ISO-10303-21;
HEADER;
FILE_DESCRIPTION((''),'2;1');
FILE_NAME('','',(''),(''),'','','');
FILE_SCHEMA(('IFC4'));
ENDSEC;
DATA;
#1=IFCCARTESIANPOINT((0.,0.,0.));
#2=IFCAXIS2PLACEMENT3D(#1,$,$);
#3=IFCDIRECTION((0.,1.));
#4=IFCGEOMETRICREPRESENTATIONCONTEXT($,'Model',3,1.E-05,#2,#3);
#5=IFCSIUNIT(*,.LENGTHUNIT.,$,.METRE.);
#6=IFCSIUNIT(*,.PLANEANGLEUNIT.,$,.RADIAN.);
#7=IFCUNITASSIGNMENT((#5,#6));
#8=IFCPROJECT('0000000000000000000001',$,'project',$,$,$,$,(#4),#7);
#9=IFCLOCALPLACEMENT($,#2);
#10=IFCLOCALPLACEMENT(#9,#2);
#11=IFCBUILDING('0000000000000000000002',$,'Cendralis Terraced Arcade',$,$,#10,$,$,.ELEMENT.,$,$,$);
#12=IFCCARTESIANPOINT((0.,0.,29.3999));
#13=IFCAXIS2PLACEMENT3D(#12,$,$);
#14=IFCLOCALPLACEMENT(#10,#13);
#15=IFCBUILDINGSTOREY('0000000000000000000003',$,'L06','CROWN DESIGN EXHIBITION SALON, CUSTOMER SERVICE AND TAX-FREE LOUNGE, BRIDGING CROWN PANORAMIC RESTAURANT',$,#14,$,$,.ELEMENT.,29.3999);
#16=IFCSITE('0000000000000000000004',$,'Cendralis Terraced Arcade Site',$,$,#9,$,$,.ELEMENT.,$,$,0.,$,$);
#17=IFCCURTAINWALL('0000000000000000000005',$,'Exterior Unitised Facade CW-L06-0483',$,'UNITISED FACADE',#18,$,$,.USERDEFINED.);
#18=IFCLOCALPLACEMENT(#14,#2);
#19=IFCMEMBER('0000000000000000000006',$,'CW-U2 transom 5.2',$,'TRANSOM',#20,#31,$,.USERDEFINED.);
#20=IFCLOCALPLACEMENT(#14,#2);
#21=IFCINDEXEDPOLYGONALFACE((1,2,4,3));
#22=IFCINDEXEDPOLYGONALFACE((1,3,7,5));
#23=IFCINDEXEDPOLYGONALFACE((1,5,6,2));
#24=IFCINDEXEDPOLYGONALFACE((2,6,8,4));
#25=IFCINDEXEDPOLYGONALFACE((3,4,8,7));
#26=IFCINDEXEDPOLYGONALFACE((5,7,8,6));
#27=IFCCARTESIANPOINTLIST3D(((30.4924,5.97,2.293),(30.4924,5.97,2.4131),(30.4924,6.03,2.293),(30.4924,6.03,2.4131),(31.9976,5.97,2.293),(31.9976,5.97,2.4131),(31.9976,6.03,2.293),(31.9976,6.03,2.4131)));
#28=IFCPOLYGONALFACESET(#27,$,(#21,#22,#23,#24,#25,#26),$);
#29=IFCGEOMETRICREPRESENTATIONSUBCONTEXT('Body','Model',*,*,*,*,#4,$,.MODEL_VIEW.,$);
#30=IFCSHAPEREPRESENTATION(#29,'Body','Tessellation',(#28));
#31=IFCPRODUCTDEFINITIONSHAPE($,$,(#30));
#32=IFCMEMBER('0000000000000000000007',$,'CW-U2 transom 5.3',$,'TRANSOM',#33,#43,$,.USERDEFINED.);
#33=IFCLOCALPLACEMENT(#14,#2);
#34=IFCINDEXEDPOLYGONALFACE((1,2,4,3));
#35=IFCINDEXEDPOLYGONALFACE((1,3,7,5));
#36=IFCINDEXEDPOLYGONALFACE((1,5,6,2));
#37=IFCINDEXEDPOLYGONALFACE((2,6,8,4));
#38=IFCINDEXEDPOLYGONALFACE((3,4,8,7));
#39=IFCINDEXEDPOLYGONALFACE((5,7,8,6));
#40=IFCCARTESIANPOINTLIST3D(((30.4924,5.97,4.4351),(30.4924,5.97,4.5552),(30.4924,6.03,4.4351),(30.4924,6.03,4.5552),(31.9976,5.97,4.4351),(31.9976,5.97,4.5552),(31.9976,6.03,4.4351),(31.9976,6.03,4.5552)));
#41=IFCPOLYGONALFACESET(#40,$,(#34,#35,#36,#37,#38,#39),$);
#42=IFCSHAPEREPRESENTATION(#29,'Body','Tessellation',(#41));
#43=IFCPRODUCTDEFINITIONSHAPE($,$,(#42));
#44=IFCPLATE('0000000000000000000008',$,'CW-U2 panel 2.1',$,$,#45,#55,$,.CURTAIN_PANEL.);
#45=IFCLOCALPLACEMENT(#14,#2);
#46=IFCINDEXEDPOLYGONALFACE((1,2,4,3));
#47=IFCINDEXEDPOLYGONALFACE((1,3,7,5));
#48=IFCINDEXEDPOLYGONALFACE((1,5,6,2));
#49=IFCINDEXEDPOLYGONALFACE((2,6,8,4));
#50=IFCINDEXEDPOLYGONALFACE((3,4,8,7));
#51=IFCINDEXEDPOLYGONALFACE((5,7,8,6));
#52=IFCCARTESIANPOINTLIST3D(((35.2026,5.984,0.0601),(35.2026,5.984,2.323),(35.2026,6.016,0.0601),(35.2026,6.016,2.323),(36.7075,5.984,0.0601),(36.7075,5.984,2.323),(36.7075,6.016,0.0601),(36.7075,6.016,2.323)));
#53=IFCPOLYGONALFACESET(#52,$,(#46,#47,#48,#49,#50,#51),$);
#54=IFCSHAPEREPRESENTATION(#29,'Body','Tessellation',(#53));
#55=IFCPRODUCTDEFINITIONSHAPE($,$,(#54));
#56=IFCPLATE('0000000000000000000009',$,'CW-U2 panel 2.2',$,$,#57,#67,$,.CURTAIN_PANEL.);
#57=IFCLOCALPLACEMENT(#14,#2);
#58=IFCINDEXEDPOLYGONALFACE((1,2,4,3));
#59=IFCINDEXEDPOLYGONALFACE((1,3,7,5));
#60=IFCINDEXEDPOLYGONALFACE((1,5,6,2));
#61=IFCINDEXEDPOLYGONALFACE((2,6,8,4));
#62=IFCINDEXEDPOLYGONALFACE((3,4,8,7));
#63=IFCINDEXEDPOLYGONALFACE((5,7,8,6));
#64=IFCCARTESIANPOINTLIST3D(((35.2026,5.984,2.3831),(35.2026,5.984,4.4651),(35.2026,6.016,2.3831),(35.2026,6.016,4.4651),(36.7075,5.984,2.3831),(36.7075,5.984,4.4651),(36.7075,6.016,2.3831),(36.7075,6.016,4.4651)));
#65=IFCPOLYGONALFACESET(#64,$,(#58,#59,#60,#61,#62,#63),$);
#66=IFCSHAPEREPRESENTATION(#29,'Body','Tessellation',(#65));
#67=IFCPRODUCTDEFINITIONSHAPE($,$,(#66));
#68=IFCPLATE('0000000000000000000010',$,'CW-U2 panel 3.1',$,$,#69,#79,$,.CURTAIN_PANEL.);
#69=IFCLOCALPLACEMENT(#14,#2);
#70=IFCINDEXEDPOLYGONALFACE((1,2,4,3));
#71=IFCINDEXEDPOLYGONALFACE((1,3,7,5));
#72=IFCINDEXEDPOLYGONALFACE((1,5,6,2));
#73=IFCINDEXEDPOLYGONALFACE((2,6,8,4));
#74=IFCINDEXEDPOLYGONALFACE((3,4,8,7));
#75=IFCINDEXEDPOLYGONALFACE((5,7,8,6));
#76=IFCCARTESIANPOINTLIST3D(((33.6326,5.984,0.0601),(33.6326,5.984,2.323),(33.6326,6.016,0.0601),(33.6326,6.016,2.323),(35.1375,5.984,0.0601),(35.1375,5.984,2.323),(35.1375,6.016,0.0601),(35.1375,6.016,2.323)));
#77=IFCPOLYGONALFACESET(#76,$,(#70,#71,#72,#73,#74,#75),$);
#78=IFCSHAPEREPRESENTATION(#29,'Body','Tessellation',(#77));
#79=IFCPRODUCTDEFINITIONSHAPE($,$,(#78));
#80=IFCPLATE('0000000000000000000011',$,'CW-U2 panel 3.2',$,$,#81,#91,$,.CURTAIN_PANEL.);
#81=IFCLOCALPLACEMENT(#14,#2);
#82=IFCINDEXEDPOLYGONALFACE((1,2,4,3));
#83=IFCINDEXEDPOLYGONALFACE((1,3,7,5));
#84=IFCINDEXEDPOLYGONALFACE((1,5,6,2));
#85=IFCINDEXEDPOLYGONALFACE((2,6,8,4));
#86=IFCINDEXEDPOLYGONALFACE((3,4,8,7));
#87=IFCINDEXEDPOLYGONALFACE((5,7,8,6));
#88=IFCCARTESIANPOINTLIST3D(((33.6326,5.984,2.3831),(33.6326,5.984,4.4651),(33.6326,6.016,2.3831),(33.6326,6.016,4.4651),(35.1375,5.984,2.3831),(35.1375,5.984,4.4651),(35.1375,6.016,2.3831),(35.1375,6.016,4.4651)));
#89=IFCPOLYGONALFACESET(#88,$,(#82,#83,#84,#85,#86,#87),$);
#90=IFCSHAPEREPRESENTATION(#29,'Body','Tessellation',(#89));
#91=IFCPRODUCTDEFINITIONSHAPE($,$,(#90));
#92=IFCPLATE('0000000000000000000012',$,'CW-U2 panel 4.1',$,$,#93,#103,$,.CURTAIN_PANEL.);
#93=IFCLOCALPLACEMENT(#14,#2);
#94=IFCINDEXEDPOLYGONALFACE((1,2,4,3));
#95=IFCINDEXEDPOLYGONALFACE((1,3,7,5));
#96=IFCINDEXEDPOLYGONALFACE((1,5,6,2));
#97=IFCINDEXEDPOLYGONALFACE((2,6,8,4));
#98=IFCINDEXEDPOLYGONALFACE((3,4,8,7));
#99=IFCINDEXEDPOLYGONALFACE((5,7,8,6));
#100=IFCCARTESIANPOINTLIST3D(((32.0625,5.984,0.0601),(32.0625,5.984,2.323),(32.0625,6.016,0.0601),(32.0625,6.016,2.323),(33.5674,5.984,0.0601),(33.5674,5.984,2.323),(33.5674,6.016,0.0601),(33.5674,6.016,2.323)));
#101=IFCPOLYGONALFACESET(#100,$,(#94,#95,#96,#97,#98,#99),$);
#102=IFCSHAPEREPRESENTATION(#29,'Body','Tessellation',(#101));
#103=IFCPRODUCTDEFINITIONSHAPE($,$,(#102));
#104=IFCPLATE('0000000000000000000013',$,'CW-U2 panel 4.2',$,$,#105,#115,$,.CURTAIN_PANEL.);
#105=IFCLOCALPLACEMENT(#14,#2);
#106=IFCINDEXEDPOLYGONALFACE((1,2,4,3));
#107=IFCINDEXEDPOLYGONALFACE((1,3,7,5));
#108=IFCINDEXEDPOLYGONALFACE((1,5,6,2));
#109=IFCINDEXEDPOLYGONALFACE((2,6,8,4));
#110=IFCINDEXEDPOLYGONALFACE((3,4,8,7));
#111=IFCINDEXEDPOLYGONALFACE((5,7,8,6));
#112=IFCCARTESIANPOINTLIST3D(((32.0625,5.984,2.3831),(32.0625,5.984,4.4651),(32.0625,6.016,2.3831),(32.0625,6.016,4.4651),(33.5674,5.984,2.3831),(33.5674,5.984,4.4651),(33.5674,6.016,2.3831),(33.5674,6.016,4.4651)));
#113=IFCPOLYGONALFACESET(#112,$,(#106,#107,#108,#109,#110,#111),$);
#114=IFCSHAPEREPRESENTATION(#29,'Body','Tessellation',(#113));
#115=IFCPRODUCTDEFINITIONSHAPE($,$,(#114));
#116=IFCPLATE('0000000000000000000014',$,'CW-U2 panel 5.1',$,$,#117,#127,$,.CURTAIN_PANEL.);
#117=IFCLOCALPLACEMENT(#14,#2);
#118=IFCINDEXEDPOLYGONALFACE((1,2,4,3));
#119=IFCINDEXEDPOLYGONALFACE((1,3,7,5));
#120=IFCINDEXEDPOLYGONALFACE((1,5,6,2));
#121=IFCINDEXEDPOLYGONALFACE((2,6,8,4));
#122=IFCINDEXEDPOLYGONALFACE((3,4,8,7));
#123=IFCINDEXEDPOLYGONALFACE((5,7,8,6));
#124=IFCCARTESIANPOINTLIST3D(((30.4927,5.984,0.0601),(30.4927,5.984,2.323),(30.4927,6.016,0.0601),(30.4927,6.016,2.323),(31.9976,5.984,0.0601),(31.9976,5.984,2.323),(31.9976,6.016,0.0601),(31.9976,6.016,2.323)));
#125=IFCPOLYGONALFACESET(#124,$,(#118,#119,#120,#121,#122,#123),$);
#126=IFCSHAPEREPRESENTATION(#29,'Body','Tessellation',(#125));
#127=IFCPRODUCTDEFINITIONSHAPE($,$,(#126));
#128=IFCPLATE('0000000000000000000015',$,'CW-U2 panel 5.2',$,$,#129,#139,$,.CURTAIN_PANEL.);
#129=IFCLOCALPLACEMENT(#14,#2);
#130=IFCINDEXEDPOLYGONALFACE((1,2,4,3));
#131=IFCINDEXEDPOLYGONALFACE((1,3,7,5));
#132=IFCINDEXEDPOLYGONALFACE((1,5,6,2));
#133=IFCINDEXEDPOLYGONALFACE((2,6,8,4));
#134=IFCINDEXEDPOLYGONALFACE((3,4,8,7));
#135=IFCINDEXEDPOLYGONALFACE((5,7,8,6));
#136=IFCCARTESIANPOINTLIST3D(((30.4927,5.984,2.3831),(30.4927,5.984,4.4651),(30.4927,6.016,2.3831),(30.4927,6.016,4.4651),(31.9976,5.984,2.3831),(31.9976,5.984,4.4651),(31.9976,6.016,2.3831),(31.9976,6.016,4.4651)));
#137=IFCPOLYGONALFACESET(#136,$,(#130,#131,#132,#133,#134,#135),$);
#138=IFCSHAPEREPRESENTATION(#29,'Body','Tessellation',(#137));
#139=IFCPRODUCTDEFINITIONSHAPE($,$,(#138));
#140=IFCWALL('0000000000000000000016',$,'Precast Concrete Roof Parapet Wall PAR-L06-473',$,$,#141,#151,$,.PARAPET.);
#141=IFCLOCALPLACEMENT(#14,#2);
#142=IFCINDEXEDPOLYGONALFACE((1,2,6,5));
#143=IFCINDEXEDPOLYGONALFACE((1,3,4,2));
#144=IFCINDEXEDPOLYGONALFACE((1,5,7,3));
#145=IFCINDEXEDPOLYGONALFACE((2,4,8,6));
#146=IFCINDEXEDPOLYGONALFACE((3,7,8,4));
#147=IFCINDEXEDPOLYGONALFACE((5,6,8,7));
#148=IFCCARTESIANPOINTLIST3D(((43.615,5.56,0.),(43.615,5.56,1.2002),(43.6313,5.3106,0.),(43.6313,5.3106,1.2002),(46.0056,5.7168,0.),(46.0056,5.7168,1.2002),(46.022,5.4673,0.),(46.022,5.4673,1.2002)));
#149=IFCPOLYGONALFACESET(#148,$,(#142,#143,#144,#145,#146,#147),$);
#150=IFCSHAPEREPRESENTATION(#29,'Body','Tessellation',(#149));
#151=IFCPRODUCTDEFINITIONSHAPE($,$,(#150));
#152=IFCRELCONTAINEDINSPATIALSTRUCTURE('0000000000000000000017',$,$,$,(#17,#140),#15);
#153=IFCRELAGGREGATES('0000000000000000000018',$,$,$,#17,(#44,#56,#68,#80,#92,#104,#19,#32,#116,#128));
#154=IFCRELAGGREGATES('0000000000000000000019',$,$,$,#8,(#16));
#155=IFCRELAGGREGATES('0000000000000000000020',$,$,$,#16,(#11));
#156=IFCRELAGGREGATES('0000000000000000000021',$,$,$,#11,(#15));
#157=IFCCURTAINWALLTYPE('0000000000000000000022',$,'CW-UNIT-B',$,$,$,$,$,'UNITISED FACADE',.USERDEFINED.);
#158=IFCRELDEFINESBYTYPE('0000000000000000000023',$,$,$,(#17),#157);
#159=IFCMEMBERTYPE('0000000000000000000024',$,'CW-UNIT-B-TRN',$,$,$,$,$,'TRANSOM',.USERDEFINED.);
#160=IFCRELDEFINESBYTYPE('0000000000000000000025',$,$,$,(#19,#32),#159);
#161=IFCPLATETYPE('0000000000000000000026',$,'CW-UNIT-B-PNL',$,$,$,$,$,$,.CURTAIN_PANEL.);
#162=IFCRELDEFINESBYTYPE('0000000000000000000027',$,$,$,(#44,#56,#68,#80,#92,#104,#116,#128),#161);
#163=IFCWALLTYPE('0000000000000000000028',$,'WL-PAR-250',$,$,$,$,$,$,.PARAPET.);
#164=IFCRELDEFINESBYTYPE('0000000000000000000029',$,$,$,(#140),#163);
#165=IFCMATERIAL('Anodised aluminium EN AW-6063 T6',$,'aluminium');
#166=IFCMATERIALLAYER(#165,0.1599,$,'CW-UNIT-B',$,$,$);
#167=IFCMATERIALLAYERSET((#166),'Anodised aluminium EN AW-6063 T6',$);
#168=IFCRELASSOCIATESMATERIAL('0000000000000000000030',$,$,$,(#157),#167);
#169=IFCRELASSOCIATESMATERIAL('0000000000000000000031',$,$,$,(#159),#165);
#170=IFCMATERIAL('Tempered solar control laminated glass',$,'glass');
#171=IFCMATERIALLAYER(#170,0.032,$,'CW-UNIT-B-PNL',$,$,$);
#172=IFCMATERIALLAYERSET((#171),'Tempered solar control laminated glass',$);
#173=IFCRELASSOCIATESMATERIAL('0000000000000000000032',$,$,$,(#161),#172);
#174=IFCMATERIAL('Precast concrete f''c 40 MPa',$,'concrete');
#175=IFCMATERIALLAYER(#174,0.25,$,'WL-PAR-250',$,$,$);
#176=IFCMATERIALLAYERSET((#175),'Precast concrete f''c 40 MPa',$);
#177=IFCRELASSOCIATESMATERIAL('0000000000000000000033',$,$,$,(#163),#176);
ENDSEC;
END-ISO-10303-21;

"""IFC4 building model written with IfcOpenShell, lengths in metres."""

from ifc_helpers import new_model, si_unit, direction, frame, frame_2d, origin, origin_2d, place, context, subcontext, project, spatial, rectangle, extrude, material, layer, layer_set, material_profile, profile_set, type_object, element, aggregate, save


model = new_model("IFC4")

# Units and contexts
model_context = context("Model", 3, precision=1e-05, world=origin(), true_north=direction((0.0, 1.0)))
body_context = subcontext(model_context, "Body", "Model", "MODEL_VIEW")
ifc_project = project(units=[si_unit("LENGTHUNIT", "METRE"), si_unit("PLANEANGLEUNIT", "RADIAN")], contexts=[model_context])

# Site, building, storey
site_placement = place(None, origin())
site = spatial("IfcSite", under=ifc_project, at=site_placement, Name="Cendralis Terraced Arcade Site", CompositionType="ELEMENT", RefElevation=0.0)
building_placement = place(site_placement, origin())
building = spatial("IfcBuilding", under=site, at=building_placement, Name="Cendralis Terraced Arcade", CompositionType="ELEMENT")
storey_placement = place(building_placement, frame((0.0, 0.0, 29.3999)))
storey = spatial("IfcBuildingStorey", under=building, at=storey_placement, Name="L06", Description="CROWN DESIGN EXHIBITION SALON, CUSTOMER SERVICE AND TAX-FREE LOUNGE, BRIDGING CROWN PANORAMIC RESTAURANT", CompositionType="ELEMENT", Elevation=29.3999)

# Curtain wall, members, plates
ifc_material_1 = material(Name="Anodised aluminium EN AW-6063 T6", Category="aluminium")
ifc_layer_1 = layer(ifc_material_1, 0.1599, Name="CW-UNIT-B")
ifc_layer_set_1 = layer_set([ifc_layer_1], Name="Anodised aluminium EN AW-6063 T6")
curtain_wall_type = type_object("IfcCurtainWallType", Name="CW-UNIT-B", ElementType="UNITISED FACADE", PredefinedType="USERDEFINED", material=ifc_layer_set_1)
curtain_wall_placement = place(storey_placement, origin())
curtain_wall = element("IfcCurtainWall", 1, at=curtain_wall_placement, inside=storey, type_object=curtain_wall_type, Name="Exterior Unitised Facade CW-L06-0483", ObjectType="UNITISED FACADE", PredefinedType="USERDEFINED")
ifc_material_profile_1 = material_profile(ifc_material_1, rectangle(XDim=0.0601, YDim=0.1201, at=origin_2d()), Name="ALU-TRN-60x120")
ifc_profile_set_1 = profile_set([ifc_material_profile_1], Name="Anodised aluminium EN AW-6063 T6")
member_type_1 = type_object("IfcMemberType", Name="CW-UNIT-B-TRN", ElementType="TRANSOM", PredefinedType="USERDEFINED", material=ifc_profile_set_1)
member_1_placement = place(storey_placement, frame((31.9976, 6.0, 2.353), z_axis=(-1.0, 0.0, 0.0), x_axis=(0.0, -1.0, 0.0)))
member_1 = element("IfcMember", 2, at=member_1_placement, type_object=member_type_1, Name="CW-U2 transom 5.2", ObjectType="TRANSOM", PredefinedType="USERDEFINED", context=body_context, shape_type="SweptSolid", body=[
    extrude(rectangle(XDim=0.0601, YDim=0.1201, at=origin_2d()), origin(), (0.0, 0.0, 1.0), 1.5051),
])
member_2_placement = place(storey_placement, frame((31.9976, 6.0, 4.4951), z_axis=(-1.0, 0.0, 0.0), x_axis=(0.0, -1.0, 0.0)))
member_2 = element("IfcMember", 3, at=member_2_placement, type_object=member_type_1, Name="CW-U2 transom 5.3", ObjectType="TRANSOM", PredefinedType="USERDEFINED", context=body_context, shape_type="SweptSolid", body=[
    extrude(rectangle(XDim=0.0601, YDim=0.1201, at=origin_2d()), origin(), (0.0, 0.0, 1.0), 1.5051),
])
ifc_material_2 = material(Name="Tempered solar control laminated glass", Category="glass")
ifc_layer_2 = layer(ifc_material_2, 0.032, Name="CW-UNIT-B-PNL")
ifc_layer_set_2 = layer_set([ifc_layer_2], Name="Tempered solar control laminated glass")
plate_type = type_object("IfcPlateType", Name="CW-UNIT-B-PNL", PredefinedType="CURTAIN_PANEL", material=ifc_layer_set_2)
plate_1_placement = place(storey_placement, frame((35.9551, 6.0, 0.0601), z_axis=(0.0, 0.0, 1.0), x_axis=(-1.0, 0.0, 0.0)))
plate_1 = element("IfcPlate", 4, at=plate_1_placement, type_object=plate_type, Name="CW-U2 panel 2.1", PredefinedType="CURTAIN_PANEL", context=body_context, shape_type="SweptSolid", body=[
    extrude(rectangle(XDim=1.5049, YDim=0.032, at=origin_2d()), origin(), (0.0, 0.0, 1.0), 2.2629),
])
plate_2_placement = place(storey_placement, frame((35.9551, 6.0, 2.3831), z_axis=(0.0, 0.0, 1.0), x_axis=(-1.0, 0.0, 0.0)))
plate_2 = element("IfcPlate", 5, at=plate_2_placement, type_object=plate_type, Name="CW-U2 panel 2.2", PredefinedType="CURTAIN_PANEL", context=body_context, shape_type="SweptSolid", body=[
    extrude(rectangle(XDim=1.5049, YDim=0.032, at=origin_2d()), origin(), (0.0, 0.0, 1.0), 2.082),
])
plate_3_placement = place(storey_placement, frame((34.385, 6.0, 0.0601), z_axis=(0.0, 0.0, 1.0), x_axis=(-1.0, 0.0, 0.0)))
plate_3 = element("IfcPlate", 6, at=plate_3_placement, type_object=plate_type, Name="CW-U2 panel 3.1", PredefinedType="CURTAIN_PANEL", context=body_context, shape_type="SweptSolid", body=[
    extrude(rectangle(XDim=1.5049, YDim=0.032, at=origin_2d()), origin(), (0.0, 0.0, 1.0), 2.2629),
])
plate_4_placement = place(storey_placement, frame((34.385, 6.0, 2.3831), z_axis=(0.0, 0.0, 1.0), x_axis=(-1.0, 0.0, 0.0)))
plate_4 = element("IfcPlate", 7, at=plate_4_placement, type_object=plate_type, Name="CW-U2 panel 3.2", PredefinedType="CURTAIN_PANEL", context=body_context, shape_type="SweptSolid", body=[
    extrude(rectangle(XDim=1.5049, YDim=0.032, at=origin_2d()), origin(), (0.0, 0.0, 1.0), 2.082),
])
plate_5_placement = place(storey_placement, frame((32.8149, 6.0, 0.0601), z_axis=(0.0, 0.0, 1.0), x_axis=(-1.0, 0.0, 0.0)))
plate_5 = element("IfcPlate", 8, at=plate_5_placement, type_object=plate_type, Name="CW-U2 panel 4.1", PredefinedType="CURTAIN_PANEL", context=body_context, shape_type="SweptSolid", body=[
    extrude(rectangle(XDim=1.5049, YDim=0.032, at=origin_2d()), origin(), (0.0, 0.0, 1.0), 2.2629),
])
plate_6_placement = place(storey_placement, frame((32.8149, 6.0, 2.3831), z_axis=(0.0, 0.0, 1.0), x_axis=(-1.0, 0.0, 0.0)))
plate_6 = element("IfcPlate", 9, at=plate_6_placement, type_object=plate_type, Name="CW-U2 panel 4.2", PredefinedType="CURTAIN_PANEL", context=body_context, shape_type="SweptSolid", body=[
    extrude(rectangle(XDim=1.5049, YDim=0.032, at=origin_2d()), origin(), (0.0, 0.0, 1.0), 2.082),
])
plate_7_placement = place(storey_placement, frame((31.2451, 6.0, 0.0601), z_axis=(0.0, 0.0, 1.0), x_axis=(-1.0, 0.0, 0.0)))
plate_7 = element("IfcPlate", 10, at=plate_7_placement, type_object=plate_type, Name="CW-U2 panel 5.1", PredefinedType="CURTAIN_PANEL", context=body_context, shape_type="SweptSolid", body=[
    extrude(rectangle(XDim=1.5049, YDim=0.032, at=origin_2d()), origin(), (0.0, 0.0, 1.0), 2.2629),
])
plate_8_placement = place(storey_placement, frame((31.2451, 6.0, 2.3831), z_axis=(0.0, 0.0, 1.0), x_axis=(-1.0, 0.0, 0.0)))
plate_8 = element("IfcPlate", 11, at=plate_8_placement, type_object=plate_type, Name="CW-U2 panel 5.2", PredefinedType="CURTAIN_PANEL", context=body_context, shape_type="SweptSolid", body=[
    extrude(rectangle(XDim=1.5049, YDim=0.032, at=origin_2d()), origin(), (0.0, 0.0, 1.0), 2.082),
])
aggregate(curtain_wall, [plate_1, plate_2, plate_3, plate_4, plate_5, plate_6, member_1, member_2, plate_7, plate_8])

# Wall
ifc_material_3 = material(Name="Precast concrete f'c 40 MPa", Category="concrete")
ifc_layer_3 = layer(ifc_material_3, 0.25, Name="WL-PAR-250")
ifc_layer_set_3 = layer_set([ifc_layer_3], Name="Precast concrete f'c 40 MPa")
wall_type = type_object("IfcWallType", Name="WL-PAR-250", PredefinedType="PARAPET", material=ifc_layer_set_3)
wall_placement = place(storey_placement, frame((43.6233, 5.4353, 0.0), z_axis=(0.0, 0.0, 1.0), x_axis=(0.997858, 0.065423, 0.0)))
element("IfcWall", 12, at=wall_placement, inside=storey, type_object=wall_type, Name="Precast Concrete Roof Parapet Wall PAR-L06-473", PredefinedType="PARAPET", context=body_context, shape_type="SweptSolid", body=[
    extrude(rectangle(XDim=2.3958, YDim=0.25, at=frame_2d((1.1978, 0.0))), origin(), (0.0, 0.0, 1.0), 1.2002),
])

save(model, "model.ifc")
